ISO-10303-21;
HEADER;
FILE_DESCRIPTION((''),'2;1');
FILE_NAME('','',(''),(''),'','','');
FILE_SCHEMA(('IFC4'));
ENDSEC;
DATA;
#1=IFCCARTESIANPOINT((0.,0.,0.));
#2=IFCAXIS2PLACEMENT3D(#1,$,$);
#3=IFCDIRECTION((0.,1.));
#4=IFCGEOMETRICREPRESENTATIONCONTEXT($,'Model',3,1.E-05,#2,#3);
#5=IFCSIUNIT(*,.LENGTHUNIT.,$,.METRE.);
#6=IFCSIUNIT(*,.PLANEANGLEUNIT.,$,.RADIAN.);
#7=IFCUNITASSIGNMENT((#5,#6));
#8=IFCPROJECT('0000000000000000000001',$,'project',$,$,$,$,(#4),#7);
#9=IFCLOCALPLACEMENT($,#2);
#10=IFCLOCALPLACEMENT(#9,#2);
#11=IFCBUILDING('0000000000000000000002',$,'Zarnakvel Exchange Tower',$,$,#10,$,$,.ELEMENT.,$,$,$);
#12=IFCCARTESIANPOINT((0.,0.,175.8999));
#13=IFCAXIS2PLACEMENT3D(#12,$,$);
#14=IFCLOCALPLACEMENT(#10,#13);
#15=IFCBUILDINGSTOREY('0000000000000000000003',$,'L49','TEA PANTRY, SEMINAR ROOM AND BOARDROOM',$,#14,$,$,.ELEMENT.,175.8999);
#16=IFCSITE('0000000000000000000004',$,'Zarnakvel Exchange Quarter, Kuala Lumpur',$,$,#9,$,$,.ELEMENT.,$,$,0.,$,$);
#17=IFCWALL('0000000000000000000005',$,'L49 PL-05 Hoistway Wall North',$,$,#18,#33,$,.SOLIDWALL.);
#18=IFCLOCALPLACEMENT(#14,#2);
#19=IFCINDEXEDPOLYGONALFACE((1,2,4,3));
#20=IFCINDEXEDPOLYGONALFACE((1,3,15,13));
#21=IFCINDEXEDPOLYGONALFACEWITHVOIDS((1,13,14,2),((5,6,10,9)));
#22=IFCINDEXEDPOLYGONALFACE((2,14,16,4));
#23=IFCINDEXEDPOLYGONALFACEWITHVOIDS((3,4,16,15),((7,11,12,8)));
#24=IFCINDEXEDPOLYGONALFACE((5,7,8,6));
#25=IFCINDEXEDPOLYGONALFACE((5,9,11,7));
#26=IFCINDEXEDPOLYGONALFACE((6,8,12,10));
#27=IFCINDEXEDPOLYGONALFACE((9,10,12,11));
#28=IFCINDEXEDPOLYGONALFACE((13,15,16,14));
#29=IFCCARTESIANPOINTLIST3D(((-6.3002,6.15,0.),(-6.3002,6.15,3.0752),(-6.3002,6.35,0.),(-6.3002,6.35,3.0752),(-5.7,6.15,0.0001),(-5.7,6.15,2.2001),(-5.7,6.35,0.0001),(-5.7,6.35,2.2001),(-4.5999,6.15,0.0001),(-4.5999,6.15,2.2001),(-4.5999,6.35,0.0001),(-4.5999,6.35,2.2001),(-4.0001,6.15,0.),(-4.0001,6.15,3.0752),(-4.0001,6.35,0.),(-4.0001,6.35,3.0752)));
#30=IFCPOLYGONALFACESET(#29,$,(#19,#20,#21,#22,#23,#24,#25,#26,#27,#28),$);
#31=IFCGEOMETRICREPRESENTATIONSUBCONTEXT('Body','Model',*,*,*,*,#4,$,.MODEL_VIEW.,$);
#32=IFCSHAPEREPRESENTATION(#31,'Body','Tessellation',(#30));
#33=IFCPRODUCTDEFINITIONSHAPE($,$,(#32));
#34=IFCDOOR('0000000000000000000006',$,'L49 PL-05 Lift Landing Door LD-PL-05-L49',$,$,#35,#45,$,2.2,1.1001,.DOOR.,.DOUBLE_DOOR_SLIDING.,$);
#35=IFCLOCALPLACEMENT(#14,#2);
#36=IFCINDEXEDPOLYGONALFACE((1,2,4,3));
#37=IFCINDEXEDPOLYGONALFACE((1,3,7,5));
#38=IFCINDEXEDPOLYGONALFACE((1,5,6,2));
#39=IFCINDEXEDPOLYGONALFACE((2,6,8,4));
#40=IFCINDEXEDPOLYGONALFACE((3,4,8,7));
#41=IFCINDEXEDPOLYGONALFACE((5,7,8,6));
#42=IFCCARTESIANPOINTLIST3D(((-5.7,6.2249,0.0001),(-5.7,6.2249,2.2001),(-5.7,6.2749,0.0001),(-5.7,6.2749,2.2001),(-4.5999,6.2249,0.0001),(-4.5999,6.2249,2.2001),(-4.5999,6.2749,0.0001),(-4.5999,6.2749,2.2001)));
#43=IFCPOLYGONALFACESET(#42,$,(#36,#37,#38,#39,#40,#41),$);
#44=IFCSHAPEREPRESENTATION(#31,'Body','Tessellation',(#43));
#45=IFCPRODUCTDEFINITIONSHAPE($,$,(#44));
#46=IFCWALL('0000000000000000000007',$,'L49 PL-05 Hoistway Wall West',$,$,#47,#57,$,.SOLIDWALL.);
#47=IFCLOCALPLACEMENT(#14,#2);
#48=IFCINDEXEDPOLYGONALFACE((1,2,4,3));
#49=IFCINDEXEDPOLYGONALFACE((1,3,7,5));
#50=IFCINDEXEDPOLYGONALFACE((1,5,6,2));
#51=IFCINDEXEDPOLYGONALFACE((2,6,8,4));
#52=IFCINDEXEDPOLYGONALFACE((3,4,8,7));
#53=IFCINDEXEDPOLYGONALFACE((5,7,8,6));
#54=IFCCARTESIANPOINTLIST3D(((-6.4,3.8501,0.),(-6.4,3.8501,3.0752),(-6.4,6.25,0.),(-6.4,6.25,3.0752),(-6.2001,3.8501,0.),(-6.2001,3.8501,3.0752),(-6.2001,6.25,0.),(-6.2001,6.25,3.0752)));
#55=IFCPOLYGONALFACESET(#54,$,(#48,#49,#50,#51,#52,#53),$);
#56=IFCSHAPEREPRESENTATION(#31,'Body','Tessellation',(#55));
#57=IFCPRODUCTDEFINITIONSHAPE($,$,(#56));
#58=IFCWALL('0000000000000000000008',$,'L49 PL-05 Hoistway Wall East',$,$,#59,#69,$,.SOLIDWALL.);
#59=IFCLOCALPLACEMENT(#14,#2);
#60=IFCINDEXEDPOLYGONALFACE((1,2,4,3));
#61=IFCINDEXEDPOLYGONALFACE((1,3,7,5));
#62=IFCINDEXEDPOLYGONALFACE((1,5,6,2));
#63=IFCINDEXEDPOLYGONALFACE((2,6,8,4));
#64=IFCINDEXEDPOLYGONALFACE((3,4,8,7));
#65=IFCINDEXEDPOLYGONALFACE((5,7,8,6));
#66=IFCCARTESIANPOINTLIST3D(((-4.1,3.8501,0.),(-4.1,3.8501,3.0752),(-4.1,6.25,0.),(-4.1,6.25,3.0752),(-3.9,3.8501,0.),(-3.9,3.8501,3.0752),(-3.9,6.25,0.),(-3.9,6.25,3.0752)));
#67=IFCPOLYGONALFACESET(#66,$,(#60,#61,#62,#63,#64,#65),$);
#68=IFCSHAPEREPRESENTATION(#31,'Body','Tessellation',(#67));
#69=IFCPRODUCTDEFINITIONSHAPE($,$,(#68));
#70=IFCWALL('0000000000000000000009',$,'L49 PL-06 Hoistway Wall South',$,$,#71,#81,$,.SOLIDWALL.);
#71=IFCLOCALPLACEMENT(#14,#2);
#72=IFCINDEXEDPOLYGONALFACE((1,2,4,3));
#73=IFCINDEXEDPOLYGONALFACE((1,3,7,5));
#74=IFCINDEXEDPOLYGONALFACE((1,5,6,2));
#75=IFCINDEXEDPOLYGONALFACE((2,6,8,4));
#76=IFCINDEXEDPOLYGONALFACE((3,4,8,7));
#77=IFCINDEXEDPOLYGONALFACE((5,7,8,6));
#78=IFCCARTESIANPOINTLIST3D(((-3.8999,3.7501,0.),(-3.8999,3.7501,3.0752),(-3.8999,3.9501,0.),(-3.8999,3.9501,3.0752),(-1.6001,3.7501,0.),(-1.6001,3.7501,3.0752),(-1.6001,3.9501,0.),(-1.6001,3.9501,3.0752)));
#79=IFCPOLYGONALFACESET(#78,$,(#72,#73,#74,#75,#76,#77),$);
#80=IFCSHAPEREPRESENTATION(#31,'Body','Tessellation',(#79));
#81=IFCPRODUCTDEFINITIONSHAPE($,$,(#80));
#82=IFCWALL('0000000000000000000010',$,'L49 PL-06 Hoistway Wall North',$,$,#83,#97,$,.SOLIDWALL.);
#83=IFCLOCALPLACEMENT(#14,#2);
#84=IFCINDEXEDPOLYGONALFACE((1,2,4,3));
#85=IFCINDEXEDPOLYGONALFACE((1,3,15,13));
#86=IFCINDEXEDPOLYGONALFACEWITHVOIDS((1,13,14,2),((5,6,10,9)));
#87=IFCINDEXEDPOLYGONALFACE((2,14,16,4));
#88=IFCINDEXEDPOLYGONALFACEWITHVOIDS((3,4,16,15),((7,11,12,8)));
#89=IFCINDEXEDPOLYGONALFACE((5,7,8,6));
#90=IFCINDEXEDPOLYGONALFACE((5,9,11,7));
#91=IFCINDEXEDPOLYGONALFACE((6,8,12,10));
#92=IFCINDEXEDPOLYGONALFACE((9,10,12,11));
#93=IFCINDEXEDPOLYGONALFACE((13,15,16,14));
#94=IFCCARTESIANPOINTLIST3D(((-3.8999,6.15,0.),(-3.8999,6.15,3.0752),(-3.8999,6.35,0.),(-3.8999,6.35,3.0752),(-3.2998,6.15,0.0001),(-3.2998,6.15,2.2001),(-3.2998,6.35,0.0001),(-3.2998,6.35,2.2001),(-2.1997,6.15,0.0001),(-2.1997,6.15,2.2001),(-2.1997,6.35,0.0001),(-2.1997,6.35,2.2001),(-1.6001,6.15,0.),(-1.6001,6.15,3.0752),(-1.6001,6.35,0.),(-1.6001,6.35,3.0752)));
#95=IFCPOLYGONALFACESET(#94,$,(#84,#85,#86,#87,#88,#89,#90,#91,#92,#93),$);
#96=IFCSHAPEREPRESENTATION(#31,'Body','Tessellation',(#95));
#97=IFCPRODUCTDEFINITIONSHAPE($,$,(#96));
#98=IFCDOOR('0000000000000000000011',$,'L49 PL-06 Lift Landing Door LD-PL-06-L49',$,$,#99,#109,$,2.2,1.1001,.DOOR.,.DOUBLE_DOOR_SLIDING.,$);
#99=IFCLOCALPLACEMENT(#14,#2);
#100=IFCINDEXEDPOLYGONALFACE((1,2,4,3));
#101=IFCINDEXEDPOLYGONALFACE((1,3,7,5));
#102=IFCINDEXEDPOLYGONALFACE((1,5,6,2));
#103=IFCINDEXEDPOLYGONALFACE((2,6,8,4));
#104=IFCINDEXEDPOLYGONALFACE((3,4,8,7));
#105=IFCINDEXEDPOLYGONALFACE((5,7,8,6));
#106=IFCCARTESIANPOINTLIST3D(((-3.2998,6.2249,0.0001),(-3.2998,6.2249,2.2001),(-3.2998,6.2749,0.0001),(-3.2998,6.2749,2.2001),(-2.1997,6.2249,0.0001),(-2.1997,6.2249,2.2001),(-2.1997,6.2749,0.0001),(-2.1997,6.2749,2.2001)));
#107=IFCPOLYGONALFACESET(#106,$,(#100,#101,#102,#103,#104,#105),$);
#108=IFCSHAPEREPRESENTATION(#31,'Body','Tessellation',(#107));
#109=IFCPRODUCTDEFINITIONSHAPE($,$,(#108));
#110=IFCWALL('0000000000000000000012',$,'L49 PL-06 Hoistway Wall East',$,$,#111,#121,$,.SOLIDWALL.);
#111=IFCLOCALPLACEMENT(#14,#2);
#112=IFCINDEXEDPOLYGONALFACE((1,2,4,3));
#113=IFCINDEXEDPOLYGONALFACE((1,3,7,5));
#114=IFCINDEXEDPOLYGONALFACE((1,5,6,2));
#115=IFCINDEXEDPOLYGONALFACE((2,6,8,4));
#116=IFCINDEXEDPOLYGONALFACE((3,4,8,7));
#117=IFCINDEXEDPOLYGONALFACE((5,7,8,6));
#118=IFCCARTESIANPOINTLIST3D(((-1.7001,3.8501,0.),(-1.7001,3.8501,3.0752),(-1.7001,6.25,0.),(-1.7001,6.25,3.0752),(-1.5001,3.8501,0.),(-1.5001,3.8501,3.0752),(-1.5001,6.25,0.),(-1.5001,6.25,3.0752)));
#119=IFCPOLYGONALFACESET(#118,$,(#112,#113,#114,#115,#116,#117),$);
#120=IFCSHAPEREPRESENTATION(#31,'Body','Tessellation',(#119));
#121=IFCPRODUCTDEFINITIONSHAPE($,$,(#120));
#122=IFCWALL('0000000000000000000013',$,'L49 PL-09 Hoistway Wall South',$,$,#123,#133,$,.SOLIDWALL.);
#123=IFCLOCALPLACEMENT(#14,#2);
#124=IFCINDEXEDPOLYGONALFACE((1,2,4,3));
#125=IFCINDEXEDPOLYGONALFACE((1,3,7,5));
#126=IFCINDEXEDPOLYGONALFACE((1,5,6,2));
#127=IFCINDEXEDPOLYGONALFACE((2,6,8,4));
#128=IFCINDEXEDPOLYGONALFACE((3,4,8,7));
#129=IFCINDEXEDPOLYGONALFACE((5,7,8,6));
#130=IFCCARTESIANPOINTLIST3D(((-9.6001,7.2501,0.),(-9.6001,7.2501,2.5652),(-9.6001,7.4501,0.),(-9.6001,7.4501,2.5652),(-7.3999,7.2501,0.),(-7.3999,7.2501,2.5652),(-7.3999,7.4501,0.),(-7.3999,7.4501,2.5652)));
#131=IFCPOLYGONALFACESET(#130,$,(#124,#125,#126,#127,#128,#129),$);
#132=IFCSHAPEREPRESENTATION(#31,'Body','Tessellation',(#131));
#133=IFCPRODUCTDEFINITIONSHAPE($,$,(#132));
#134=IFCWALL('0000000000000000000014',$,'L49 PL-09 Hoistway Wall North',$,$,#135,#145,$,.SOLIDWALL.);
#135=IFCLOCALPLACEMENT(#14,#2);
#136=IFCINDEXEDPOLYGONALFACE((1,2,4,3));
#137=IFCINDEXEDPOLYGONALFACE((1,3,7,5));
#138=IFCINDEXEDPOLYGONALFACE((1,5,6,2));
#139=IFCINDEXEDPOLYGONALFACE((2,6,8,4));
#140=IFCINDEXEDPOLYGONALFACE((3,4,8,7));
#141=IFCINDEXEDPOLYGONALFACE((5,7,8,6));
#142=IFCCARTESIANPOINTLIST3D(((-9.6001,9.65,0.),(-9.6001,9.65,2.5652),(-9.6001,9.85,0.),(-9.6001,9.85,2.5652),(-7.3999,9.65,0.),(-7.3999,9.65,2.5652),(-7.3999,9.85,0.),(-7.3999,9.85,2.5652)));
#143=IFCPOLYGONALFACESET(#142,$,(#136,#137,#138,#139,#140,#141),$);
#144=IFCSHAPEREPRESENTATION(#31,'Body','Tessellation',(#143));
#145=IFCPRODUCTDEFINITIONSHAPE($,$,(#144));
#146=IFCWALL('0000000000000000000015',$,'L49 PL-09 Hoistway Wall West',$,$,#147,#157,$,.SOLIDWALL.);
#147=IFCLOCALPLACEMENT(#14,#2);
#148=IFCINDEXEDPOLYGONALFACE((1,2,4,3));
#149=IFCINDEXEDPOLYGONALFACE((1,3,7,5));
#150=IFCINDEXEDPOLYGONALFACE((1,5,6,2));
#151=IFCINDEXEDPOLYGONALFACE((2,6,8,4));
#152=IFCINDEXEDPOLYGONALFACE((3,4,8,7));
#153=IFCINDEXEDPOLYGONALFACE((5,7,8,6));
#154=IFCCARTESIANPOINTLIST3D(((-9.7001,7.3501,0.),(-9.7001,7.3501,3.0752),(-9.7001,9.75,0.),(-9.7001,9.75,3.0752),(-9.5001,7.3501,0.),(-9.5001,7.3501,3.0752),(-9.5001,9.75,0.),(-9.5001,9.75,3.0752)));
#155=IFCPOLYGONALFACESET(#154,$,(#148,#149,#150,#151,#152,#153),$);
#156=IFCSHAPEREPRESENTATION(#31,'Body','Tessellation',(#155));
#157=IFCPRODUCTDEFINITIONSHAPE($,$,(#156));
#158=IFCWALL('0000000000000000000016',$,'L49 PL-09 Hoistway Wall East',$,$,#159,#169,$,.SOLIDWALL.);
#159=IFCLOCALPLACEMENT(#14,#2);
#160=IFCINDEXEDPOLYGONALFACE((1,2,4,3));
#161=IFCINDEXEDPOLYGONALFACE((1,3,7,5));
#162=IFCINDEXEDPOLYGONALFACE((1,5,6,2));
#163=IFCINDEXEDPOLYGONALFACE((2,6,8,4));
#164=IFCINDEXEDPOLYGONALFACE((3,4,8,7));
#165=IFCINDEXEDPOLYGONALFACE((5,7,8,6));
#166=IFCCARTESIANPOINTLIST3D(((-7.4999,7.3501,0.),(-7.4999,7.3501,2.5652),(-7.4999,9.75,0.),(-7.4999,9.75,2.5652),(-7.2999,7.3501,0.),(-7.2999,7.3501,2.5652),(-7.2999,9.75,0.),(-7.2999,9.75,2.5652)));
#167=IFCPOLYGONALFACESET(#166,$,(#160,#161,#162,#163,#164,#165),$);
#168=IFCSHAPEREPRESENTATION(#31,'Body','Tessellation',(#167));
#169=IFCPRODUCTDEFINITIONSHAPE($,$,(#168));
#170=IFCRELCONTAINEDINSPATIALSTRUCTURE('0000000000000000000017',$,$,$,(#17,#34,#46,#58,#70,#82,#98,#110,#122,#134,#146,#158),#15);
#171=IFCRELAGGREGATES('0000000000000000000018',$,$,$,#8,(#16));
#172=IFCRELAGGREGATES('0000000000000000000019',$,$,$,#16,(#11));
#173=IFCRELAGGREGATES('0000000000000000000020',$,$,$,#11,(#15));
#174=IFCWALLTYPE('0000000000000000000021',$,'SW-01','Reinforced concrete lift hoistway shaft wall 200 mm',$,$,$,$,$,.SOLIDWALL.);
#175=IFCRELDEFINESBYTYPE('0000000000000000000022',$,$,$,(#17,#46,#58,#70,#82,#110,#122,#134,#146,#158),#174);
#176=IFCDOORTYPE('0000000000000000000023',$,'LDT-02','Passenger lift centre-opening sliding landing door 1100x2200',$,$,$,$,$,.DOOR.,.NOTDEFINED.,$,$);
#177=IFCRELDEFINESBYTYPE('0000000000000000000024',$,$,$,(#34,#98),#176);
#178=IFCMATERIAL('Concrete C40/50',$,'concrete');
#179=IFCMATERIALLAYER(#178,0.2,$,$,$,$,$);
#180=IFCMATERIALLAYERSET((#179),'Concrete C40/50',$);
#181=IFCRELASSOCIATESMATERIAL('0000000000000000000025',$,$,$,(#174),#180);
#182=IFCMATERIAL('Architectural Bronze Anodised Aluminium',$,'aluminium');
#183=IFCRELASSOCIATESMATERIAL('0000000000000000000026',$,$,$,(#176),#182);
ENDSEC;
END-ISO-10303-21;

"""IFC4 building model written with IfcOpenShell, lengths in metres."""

from ifc_helpers import new_model, si_unit, direction, frame, frame_2d, origin, place, context, subcontext, project, spatial, rectangle, extrude, source, transform, mapped, material, layer, layer_set, type_object, element, fill, save


model = new_model("IFC4")

# Units and contexts
model_context = context("Model", 3, precision=1e-05, world=origin(), true_north=direction((0.0, 1.0)))
body_context = subcontext(model_context, "Body", "Model", "MODEL_VIEW")
ifc_project = project(units=[si_unit("LENGTHUNIT", "METRE"), si_unit("PLANEANGLEUNIT", "RADIAN")], contexts=[model_context])

# Site, building, storey
site_placement = place(None, origin())
site = spatial("IfcSite", under=ifc_project, at=site_placement, Name="Zarnakvel Exchange Quarter, Kuala Lumpur", CompositionType="ELEMENT", RefElevation=0.0)
building_placement = place(site_placement, origin())
building = spatial("IfcBuilding", under=site, at=building_placement, Name="Zarnakvel Exchange Tower", CompositionType="ELEMENT")
storey_placement = place(building_placement, frame((0.0, 0.0, 175.8999)))
storey = spatial("IfcBuildingStorey", under=building, at=storey_placement, Name="L49", Description="TEA PANTRY, SEMINAR ROOM AND BOARDROOM", CompositionType="ELEMENT", Elevation=175.8999)

# Shared definitions
ifc_material_1 = material(Name="Concrete C40/50", Category="concrete")
ifc_layer_1 = layer(ifc_material_1, 0.2)
ifc_layer_set_1 = layer_set([ifc_layer_1], Name="Concrete C40/50")
wall_type_1 = type_object("IfcWallType", Name="SW-01", Description="Reinforced concrete lift hoistway shaft wall 200 mm", PredefinedType="SOLIDWALL", material=ifc_layer_set_1)
shared_shape_1 = source(origin(), body_context, "Body", "SweptSolid", [
    extrude(rectangle(XDim=1.1001, YDim=2.2, at=frame_2d((0.55, 1.1001))), frame((0.0, 0.0249, 0.0), z_axis=(0.0, -1.0, 0.0), x_axis=(1.0, 0.0, 0.0)), (0.0, 0.0, 1.0), 0.05),
])

# Wall, opening, door
wall_1_placement = place(storey_placement, frame((-6.3, 6.25, 0.0), z_axis=(0.0, 0.0, 1.0), x_axis=(1.0, 0.0, 0.0)))
wall_1 = element("IfcWall", 1, at=wall_1_placement, inside=storey, type_object=wall_type_1, Name="L49 PL-05 Hoistway Wall North", PredefinedType="SOLIDWALL", context=body_context, shape_type="SweptSolid", body=[
    extrude(rectangle(XDim=2.3, YDim=0.2, at=frame_2d((1.1499, 0.0))), origin(), (0.0, 0.0, 1.0), 3.0752),
])
opening_1_placement = place(wall_1_placement, frame((0.6001, 0.0, 0.0)))
opening_1 = element("IfcOpeningElement", 2, at=opening_1_placement, cuts=wall_1, PredefinedType="OPENING", context=body_context, shape_type="SweptSolid", body=[
    extrude(rectangle(XDim=1.1001, YDim=2.2, at=frame_2d((0.55, 1.1001))), frame((0.0, 0.1099, 0.0), z_axis=(0.0, -1.0, 0.0), x_axis=(1.0, 0.0, 0.0)), (0.0, 0.0, 1.0), 0.22),
])
ifc_material_2 = material(Name="Architectural Bronze Anodised Aluminium", Category="aluminium")
door_type_1 = type_object("IfcDoorType", Name="LDT-02", Description="Passenger lift centre-opening sliding landing door 1100x2200", OperationType="NOTDEFINED", PredefinedType="DOOR", material=ifc_material_2)
door_1_placement = place(opening_1_placement, origin())
door_1 = element("IfcDoor", 3, at=door_1_placement, inside=storey, type_object=door_type_1, Name="L49 PL-05 Lift Landing Door LD-PL-05-L49", OperationType="DOUBLE_DOOR_SLIDING", OverallHeight=2.2, OverallWidth=1.1001, PredefinedType="DOOR", context=body_context, shape_type="MappedRepresentation", body=[
    mapped(shared_shape_1, transform((0.0, 0.0, 0.0), x_axis=(1.0, 0.0, 0.0), y_axis=(0.0, 1.0, 0.0), z_axis=(0.0, 0.0, 1.0), scale=1.0)),
])
fill(opening_1, door_1)

# Walls
for number, where, z_axis, x_axis, name in (
    (4, (-6.3, 3.8501, 0.0), (0.0, 0.0, 1.0), (0.0, 1.0, 0.0), "L49 PL-05 Hoistway Wall West"),
    (5, (-4.0, 6.25, 0.0), (0.0, 0.0, 1.0), (0.0, -1.0, 0.0), "L49 PL-05 Hoistway Wall East"),
):
    element("IfcWall", number, at=place(storey_placement, frame(where, z_axis=z_axis, x_axis=x_axis)), inside=storey, type_object=wall_type_1, Name=name, PredefinedType="SOLIDWALL", context=body_context, shape_type="SweptSolid", body=[
        extrude(rectangle(XDim=2.3999, YDim=0.2, at=frame_2d((1.2, 0.0))), origin(), (0.0, 0.0, 1.0), 3.0752),
    ])
wall_2_placement = place(storey_placement, frame((-1.6001, 3.8501, 0.0), z_axis=(0.0, 0.0, 1.0), x_axis=(-1.0, 0.0, 0.0)))
element("IfcWall", 6, at=wall_2_placement, inside=storey, type_object=wall_type_1, Name="L49 PL-06 Hoistway Wall South", PredefinedType="SOLIDWALL", context=body_context, shape_type="SweptSolid", body=[
    extrude(rectangle(XDim=2.2998, YDim=0.2, at=frame_2d((1.1499, 0.0))), origin(), (0.0, 0.0, 1.0), 3.0752),
])

# Wall, opening, door
wall_3_placement = place(storey_placement, frame((-3.8999, 6.25, 0.0), z_axis=(0.0, 0.0, 1.0), x_axis=(1.0, 0.0, 0.0)))
wall_3 = element("IfcWall", 7, at=wall_3_placement, inside=storey, type_object=wall_type_1, Name="L49 PL-06 Hoistway Wall North", PredefinedType="SOLIDWALL", context=body_context, shape_type="SweptSolid", body=[
    extrude(rectangle(XDim=2.2998, YDim=0.2, at=frame_2d((1.1499, 0.0))), origin(), (0.0, 0.0, 1.0), 3.0752),
])
opening_2_placement = place(wall_3_placement, frame((0.6001, 0.0, 0.0)))
opening_2 = element("IfcOpeningElement", 8, at=opening_2_placement, cuts=wall_3, PredefinedType="OPENING", context=body_context, shape_type="SweptSolid", body=[
    extrude(rectangle(XDim=1.1001, YDim=2.2, at=frame_2d((0.55, 1.1001))), frame((0.0, 0.1099, 0.0), z_axis=(0.0, -1.0, 0.0), x_axis=(1.0, 0.0, 0.0)), (0.0, 0.0, 1.0), 0.22),
])
door_2_placement = place(opening_2_placement, origin())
door_2 = element("IfcDoor", 9, at=door_2_placement, inside=storey, type_object=door_type_1, Name="L49 PL-06 Lift Landing Door LD-PL-06-L49", OperationType="DOUBLE_DOOR_SLIDING", OverallHeight=2.2, OverallWidth=1.1001, PredefinedType="DOOR", context=body_context, shape_type="MappedRepresentation", body=[
    mapped(shared_shape_1, transform((0.0, 0.0, 0.0), x_axis=(1.0, 0.0, 0.0), y_axis=(0.0, 1.0, 0.0), z_axis=(0.0, 0.0, 1.0), scale=1.0)),
])
fill(opening_2, door_2)

# Walls
wall_4_placement = place(storey_placement, frame((-1.6001, 6.25, 0.0), z_axis=(0.0, 0.0, 1.0), x_axis=(0.0, -1.0, 0.0)))
element("IfcWall", 10, at=wall_4_placement, inside=storey, type_object=wall_type_1, Name="L49 PL-06 Hoistway Wall East", PredefinedType="SOLIDWALL", context=body_context, shape_type="SweptSolid", body=[
    extrude(rectangle(XDim=2.3999, YDim=0.2, at=frame_2d((1.2, 0.0))), origin(), (0.0, 0.0, 1.0), 3.0752),
])
for number, where, z_axis, x_axis, name in (
    (11, (-7.3999, 7.3501, 0.0), (0.0, 0.0, 1.0), (-1.0, 0.0, 0.0), "L49 PL-09 Hoistway Wall South"),
    (12, (-9.6001, 9.75, 0.0), (0.0, 0.0, 1.0), (1.0, 0.0, 0.0), "L49 PL-09 Hoistway Wall North"),
):
    element("IfcWall", number, at=place(storey_placement, frame(where, z_axis=z_axis, x_axis=x_axis)), inside=storey, type_object=wall_type_1, Name=name, PredefinedType="SOLIDWALL", context=body_context, shape_type="SweptSolid", body=[
        extrude(rectangle(XDim=2.2002, YDim=0.2, at=frame_2d((1.1001, 0.0))), origin(), (0.0, 0.0, 1.0), 2.5652),
    ])
wall_5_placement = place(storey_placement, frame((-9.6001, 7.3501, 0.0), z_axis=(0.0, 0.0, 1.0), x_axis=(0.0, 1.0, 0.0)))
element("IfcWall", 13, at=wall_5_placement, inside=storey, type_object=wall_type_1, Name="L49 PL-09 Hoistway Wall West", PredefinedType="SOLIDWALL", context=body_context, shape_type="SweptSolid", body=[
    extrude(rectangle(XDim=2.3999, YDim=0.2, at=frame_2d((1.2, 0.0))), origin(), (0.0, 0.0, 1.0), 3.0752),
])
wall_6_placement = place(storey_placement, frame((-7.3999, 9.75, 0.0), z_axis=(0.0, 0.0, 1.0), x_axis=(0.0, -1.0, 0.0)))
element("IfcWall", 14, at=wall_6_placement, inside=storey, type_object=wall_type_1, Name="L49 PL-09 Hoistway Wall East", PredefinedType="SOLIDWALL", context=body_context, shape_type="SweptSolid", body=[
    extrude(rectangle(XDim=2.3999, YDim=0.2, at=frame_2d((1.2, 0.0))), origin(), (0.0, 0.0, 1.0), 2.5652),
])

save(model, "model.ifc")
